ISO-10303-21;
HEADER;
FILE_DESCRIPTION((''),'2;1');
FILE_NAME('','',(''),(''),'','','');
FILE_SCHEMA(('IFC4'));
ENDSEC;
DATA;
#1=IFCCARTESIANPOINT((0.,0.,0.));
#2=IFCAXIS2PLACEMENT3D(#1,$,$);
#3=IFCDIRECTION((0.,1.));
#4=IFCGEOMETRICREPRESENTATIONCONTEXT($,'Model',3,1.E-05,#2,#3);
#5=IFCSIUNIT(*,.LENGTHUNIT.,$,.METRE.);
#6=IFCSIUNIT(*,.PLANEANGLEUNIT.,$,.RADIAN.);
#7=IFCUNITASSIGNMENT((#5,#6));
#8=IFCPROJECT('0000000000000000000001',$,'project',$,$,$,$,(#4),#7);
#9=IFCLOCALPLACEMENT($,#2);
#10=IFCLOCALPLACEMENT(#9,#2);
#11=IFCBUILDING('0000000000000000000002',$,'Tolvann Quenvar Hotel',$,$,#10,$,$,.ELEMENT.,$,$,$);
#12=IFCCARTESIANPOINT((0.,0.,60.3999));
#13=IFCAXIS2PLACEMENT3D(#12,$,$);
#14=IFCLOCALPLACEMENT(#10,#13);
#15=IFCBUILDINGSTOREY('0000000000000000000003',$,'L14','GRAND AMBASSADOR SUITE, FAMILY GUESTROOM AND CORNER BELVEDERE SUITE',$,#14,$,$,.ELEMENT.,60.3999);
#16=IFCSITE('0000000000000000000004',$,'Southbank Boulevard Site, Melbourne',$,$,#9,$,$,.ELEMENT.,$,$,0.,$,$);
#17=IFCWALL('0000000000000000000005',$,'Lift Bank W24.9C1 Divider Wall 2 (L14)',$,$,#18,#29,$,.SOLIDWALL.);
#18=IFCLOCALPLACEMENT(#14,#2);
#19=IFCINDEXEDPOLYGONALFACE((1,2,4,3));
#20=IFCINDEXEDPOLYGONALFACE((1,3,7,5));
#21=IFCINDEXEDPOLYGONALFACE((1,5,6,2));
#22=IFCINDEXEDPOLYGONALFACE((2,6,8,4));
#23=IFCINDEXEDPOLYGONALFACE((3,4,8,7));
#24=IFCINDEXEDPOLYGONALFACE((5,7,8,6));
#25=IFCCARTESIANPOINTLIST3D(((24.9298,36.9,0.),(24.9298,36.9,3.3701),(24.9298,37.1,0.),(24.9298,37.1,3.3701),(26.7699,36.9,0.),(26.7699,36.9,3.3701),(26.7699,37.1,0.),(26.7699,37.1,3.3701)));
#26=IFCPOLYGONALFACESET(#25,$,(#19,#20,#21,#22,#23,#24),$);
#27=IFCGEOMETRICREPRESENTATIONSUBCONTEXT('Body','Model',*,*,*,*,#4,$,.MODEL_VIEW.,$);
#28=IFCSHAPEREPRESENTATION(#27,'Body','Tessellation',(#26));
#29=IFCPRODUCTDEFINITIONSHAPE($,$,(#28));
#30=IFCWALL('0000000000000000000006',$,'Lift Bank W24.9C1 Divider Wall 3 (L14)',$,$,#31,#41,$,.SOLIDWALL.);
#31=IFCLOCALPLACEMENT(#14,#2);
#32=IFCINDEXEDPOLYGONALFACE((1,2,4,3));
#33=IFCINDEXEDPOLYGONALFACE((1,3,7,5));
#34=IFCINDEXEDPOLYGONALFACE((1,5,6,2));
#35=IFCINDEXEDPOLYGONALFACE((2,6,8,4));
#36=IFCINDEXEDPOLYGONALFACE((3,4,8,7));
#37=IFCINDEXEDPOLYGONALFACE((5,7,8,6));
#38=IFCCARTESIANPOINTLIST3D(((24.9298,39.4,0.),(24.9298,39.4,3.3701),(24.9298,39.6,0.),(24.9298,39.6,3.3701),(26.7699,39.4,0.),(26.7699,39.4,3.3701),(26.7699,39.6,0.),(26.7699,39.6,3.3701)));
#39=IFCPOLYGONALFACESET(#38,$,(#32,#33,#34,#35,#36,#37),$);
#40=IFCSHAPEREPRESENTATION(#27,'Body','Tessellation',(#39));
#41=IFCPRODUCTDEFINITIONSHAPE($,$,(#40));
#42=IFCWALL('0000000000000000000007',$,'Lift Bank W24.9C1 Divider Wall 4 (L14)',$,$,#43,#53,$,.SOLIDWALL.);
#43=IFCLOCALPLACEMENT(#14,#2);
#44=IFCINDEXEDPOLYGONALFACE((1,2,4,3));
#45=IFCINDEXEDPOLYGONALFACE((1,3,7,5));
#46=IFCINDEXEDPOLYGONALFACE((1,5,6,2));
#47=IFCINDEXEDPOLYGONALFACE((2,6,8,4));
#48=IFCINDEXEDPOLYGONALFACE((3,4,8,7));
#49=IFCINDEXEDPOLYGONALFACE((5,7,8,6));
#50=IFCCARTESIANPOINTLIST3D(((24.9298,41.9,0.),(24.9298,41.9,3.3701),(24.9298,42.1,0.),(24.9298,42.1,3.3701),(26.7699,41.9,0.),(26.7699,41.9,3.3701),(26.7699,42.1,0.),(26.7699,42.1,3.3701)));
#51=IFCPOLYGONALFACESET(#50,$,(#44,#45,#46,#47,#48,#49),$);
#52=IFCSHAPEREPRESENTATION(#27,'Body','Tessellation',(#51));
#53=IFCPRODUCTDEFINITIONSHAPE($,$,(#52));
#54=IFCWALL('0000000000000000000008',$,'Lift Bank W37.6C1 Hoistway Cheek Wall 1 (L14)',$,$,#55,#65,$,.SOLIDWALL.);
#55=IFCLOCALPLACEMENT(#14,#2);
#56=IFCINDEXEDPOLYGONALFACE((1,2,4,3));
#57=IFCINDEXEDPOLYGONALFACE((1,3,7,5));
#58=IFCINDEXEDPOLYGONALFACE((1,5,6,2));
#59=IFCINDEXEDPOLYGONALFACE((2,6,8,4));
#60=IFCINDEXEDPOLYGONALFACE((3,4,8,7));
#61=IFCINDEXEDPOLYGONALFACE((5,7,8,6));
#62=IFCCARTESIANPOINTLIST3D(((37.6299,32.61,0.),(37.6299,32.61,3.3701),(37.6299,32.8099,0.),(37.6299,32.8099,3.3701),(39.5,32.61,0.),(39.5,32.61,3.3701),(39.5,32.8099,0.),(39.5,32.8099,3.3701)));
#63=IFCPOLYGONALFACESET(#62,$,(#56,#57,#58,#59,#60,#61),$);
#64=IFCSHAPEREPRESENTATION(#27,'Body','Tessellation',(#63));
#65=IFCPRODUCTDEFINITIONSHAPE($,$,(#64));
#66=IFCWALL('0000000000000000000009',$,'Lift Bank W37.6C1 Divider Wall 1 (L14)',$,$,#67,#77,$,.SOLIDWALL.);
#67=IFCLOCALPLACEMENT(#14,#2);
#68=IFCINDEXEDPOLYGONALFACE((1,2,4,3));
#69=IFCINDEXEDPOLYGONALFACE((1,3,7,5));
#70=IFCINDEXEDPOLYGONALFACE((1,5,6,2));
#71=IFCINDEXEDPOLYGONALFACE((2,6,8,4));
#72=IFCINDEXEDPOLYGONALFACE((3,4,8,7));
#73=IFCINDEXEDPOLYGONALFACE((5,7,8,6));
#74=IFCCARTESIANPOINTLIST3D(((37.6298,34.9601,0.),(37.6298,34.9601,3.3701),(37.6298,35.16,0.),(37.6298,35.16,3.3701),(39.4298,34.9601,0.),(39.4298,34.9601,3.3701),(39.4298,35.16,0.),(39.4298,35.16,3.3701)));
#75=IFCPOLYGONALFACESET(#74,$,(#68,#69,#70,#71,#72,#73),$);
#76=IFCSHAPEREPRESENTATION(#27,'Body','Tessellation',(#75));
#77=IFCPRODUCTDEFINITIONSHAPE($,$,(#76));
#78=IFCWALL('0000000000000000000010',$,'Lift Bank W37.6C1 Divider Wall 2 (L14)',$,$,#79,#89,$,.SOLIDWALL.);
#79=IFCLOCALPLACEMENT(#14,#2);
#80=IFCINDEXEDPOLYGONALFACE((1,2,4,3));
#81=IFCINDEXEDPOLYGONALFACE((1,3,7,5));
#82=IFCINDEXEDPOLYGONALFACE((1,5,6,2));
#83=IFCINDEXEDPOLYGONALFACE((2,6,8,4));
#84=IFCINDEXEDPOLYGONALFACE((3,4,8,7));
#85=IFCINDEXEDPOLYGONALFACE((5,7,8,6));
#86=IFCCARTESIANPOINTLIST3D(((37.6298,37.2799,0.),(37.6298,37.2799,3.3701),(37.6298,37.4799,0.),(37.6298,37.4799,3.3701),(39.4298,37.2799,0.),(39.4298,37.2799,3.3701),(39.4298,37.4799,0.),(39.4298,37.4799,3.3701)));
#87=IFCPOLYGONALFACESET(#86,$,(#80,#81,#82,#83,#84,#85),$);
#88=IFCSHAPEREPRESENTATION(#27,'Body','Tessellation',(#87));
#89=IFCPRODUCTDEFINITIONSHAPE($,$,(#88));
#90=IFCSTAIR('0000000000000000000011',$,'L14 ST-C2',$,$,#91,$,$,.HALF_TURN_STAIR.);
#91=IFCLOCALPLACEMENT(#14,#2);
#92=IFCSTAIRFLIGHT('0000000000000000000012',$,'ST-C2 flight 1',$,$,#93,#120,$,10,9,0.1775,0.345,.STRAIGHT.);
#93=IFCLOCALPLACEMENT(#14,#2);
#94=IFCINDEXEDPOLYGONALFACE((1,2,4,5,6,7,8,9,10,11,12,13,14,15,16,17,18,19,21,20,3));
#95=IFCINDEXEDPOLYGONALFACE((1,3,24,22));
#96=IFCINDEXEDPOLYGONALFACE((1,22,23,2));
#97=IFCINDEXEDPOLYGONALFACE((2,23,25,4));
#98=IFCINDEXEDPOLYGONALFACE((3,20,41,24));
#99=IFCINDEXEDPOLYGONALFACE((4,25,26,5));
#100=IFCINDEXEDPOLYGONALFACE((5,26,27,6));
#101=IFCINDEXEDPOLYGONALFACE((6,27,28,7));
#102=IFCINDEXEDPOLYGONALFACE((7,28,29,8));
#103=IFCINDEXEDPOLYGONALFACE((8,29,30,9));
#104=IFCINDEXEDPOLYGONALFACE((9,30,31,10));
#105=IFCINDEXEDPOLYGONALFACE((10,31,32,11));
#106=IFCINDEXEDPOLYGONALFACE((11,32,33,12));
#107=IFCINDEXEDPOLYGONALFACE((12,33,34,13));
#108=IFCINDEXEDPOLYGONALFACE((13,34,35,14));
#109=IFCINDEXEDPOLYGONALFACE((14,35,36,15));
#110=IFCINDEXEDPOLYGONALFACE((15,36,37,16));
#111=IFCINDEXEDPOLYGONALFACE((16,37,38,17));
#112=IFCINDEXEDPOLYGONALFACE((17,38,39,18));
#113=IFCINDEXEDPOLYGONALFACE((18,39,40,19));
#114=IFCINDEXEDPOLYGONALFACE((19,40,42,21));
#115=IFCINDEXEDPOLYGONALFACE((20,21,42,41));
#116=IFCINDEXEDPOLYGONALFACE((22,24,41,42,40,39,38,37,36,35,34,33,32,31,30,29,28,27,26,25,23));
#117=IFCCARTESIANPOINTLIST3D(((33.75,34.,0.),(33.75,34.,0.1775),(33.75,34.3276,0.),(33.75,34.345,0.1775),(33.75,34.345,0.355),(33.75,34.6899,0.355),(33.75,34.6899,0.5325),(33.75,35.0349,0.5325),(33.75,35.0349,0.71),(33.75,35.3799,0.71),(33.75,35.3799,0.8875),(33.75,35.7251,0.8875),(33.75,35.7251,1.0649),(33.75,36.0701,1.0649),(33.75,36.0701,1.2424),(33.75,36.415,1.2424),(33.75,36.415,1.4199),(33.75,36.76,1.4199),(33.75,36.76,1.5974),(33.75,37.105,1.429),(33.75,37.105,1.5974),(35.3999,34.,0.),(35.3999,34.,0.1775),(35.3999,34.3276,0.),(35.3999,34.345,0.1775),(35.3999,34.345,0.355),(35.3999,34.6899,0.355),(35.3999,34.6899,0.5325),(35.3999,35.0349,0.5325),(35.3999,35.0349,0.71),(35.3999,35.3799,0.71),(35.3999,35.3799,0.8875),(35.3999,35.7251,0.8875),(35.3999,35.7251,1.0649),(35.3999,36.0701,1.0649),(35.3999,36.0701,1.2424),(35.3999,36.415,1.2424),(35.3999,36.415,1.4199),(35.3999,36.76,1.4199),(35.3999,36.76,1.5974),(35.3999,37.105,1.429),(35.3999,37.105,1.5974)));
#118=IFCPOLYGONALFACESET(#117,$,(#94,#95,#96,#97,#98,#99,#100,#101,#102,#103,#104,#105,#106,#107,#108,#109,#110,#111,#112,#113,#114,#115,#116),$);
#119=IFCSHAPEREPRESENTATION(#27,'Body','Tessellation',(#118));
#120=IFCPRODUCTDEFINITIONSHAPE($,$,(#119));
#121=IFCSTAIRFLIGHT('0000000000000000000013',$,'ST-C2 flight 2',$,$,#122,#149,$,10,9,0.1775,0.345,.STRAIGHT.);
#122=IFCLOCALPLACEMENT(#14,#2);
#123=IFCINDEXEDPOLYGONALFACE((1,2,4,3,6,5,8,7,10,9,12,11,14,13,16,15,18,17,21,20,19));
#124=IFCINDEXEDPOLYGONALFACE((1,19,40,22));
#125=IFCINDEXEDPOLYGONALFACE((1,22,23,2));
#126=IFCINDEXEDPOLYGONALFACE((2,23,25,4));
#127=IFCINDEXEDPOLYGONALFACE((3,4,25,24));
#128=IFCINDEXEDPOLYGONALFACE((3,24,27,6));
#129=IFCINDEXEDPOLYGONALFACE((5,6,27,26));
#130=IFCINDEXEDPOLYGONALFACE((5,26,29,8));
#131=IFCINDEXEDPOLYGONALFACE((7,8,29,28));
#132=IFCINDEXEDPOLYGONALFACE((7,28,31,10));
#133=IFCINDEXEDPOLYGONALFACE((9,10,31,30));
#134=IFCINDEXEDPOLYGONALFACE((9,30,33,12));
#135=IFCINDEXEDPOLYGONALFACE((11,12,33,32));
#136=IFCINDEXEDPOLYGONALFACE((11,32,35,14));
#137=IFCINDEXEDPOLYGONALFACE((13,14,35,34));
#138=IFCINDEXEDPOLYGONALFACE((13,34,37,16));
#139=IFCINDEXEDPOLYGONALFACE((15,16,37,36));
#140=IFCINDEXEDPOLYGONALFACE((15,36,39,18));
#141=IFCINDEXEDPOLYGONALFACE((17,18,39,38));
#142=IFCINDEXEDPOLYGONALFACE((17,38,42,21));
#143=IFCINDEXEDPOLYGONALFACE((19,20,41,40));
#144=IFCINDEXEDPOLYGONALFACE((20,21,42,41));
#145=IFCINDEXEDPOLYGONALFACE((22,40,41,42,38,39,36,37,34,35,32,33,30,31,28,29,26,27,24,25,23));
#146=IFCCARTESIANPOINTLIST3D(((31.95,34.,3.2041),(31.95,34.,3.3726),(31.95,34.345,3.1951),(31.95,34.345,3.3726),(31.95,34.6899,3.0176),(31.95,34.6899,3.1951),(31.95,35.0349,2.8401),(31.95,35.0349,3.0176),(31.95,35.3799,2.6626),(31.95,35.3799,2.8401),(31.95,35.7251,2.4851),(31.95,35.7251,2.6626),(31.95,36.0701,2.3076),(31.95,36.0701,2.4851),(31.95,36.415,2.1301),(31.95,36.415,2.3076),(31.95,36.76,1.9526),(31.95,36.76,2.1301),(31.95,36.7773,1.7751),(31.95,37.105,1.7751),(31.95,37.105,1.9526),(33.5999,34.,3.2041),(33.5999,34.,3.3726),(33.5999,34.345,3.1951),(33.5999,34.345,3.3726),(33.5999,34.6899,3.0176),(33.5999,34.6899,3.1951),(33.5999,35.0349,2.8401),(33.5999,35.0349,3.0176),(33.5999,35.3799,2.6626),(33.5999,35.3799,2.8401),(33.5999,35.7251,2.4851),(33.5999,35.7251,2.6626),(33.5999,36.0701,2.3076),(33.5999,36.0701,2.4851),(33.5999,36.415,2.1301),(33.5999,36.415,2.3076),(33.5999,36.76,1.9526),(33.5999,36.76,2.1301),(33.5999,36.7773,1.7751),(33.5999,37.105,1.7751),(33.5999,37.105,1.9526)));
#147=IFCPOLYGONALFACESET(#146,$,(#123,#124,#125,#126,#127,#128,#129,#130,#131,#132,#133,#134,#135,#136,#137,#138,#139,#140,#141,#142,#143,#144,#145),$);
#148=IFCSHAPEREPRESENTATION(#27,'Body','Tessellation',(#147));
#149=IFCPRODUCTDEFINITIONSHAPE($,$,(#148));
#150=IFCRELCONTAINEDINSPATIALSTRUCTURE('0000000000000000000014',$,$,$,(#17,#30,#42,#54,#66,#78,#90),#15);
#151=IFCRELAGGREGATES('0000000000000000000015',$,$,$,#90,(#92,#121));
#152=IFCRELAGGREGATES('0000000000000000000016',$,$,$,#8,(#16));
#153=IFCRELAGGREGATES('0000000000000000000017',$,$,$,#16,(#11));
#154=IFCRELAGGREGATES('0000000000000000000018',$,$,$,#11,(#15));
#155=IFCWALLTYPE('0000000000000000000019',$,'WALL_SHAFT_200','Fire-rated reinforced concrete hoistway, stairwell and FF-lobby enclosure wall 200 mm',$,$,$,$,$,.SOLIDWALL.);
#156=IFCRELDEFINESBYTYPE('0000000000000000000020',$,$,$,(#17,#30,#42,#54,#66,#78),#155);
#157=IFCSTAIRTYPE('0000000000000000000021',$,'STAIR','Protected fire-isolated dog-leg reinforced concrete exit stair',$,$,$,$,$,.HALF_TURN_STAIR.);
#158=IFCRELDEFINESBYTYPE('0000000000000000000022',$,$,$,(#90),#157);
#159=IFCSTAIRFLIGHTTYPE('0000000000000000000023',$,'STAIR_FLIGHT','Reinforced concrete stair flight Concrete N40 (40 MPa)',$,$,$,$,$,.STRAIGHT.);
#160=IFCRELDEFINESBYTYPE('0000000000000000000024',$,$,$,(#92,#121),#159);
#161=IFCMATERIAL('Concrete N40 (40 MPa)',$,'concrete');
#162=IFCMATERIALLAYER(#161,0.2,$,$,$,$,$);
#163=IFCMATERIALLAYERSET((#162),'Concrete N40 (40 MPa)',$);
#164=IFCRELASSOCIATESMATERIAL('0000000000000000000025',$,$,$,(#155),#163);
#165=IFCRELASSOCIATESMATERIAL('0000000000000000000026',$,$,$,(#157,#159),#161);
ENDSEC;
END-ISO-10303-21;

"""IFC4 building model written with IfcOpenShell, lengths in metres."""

from ifc_helpers import new_model, si_unit, direction, frame, frame_2d, origin, place, context, subcontext, project, spatial, polyline, rectangle, outline, extrude, material, layer, layer_set, type_object, element, aggregate, save


model = new_model("IFC4")

# Units and contexts
model_context = context("Model", 3, precision=1e-05, world=origin(), true_north=direction((0.0, 1.0)))
body_context = subcontext(model_context, "Body", "Model", "MODEL_VIEW")
ifc_project = project(units=[si_unit("LENGTHUNIT", "METRE"), si_unit("PLANEANGLEUNIT", "RADIAN")], contexts=[model_context])

# Site, building, storey
site_placement = place(None, origin())
site = spatial("IfcSite", under=ifc_project, at=site_placement, Name="Southbank Boulevard Site, Melbourne", CompositionType="ELEMENT", RefElevation=0.0)
building_placement = place(site_placement, origin())
building = spatial("IfcBuilding", under=site, at=building_placement, Name="Tolvann Quenvar Hotel", CompositionType="ELEMENT")
storey_placement = place(building_placement, frame((0.0, 0.0, 60.3999)))
storey = spatial("IfcBuildingStorey", under=building, at=storey_placement, Name="L14", Description="GRAND AMBASSADOR SUITE, FAMILY GUESTROOM AND CORNER BELVEDERE SUITE", CompositionType="ELEMENT", Elevation=60.3999)

# Shared definitions
ifc_material_1 = material(Name="Concrete N40 (40 MPa)", Category="concrete")
ifc_layer_1 = layer(ifc_material_1, 0.2)
ifc_layer_set_1 = layer_set([ifc_layer_1], Name="Concrete N40 (40 MPa)")
wall_type_1 = type_object("IfcWallType", Name="WALL_SHAFT_200", Description="Fire-rated reinforced concrete hoistway, stairwell and FF-lobby enclosure wall 200 mm", PredefinedType="SOLIDWALL", material=ifc_layer_set_1)

# Walls
for number, where, z_axis, x_axis, name in (
    (1, (24.9299, 37.0, 0.0), (0.0, 0.0, 1.0), (1.0, 0.0, 0.0), "Lift Bank W24.9C1 Divider Wall 2 (L14)"),
    (2, (24.9299, 39.5, 0.0), (0.0, 0.0, 1.0), (1.0, 0.0, 0.0), "Lift Bank W24.9C1 Divider Wall 3 (L14)"),
    (3, (24.9299, 42.0, 0.0), (0.0, 0.0, 1.0), (1.0, 0.0, 0.0), "Lift Bank W24.9C1 Divider Wall 4 (L14)"),
):
    element("IfcWall", number, at=place(storey_placement, frame(where, z_axis=z_axis, x_axis=x_axis)), inside=storey, type_object=wall_type_1, Name=name, PredefinedType="SOLIDWALL", context=body_context, shape_type="SweptSolid", body=[
        extrude(rectangle(XDim=1.8401, YDim=0.2, at=frame_2d((0.9199, 0.0))), origin(), (0.0, 0.0, 1.0), 3.3701),
    ])

# Walls
wall_1_placement = place(storey_placement, frame((37.6299, 32.71, 0.0), z_axis=(0.0, 0.0, 1.0), x_axis=(1.0, 0.0, 0.0)))
element("IfcWall", 4, at=wall_1_placement, inside=storey, type_object=wall_type_1, Name="Lift Bank W37.6C1 Hoistway Cheek Wall 1 (L14)", PredefinedType="SOLIDWALL", context=body_context, shape_type="SweptSolid", body=[
    extrude(rectangle(XDim=1.8701, YDim=0.2, at=frame_2d((0.9351, 0.0))), origin(), (0.0, 0.0, 1.0), 3.3701),
])
for number, where, z_axis, x_axis, name in (
    (5, (37.6299, 35.0601, 0.0), (0.0, 0.0, 1.0), (1.0, 0.0, 0.0), "Lift Bank W37.6C1 Divider Wall 1 (L14)"),
    (6, (37.6299, 37.3799, 0.0), (0.0, 0.0, 1.0), (1.0, 0.0, 0.0), "Lift Bank W37.6C1 Divider Wall 2 (L14)"),
):
    element("IfcWall", number, at=place(storey_placement, frame(where, z_axis=z_axis, x_axis=x_axis)), inside=storey, type_object=wall_type_1, Name=name, PredefinedType="SOLIDWALL", context=body_context, shape_type="SweptSolid", body=[
        extrude(rectangle(XDim=1.8, YDim=0.2, at=frame_2d((0.8999, 0.0))), origin(), (0.0, 0.0, 1.0), 3.3701),
    ])

# Stair, stair flights
stair_type = type_object("IfcStairType", Name="STAIR", Description="Protected fire-isolated dog-leg reinforced concrete exit stair", PredefinedType="HALF_TURN_STAIR", material=ifc_material_1)
stair_placement = place(storey_placement, origin())
stair = element("IfcStair", 7, at=stair_placement, inside=storey, type_object=stair_type, Name="L14 ST-C2", PredefinedType="HALF_TURN_STAIR")
stair_flight_type = type_object("IfcStairFlightType", Name="STAIR_FLIGHT", Description="Reinforced concrete stair flight Concrete N40 (40 MPa)", PredefinedType="STRAIGHT", material=ifc_material_1)
stair_flight_1_placement = place(storey_placement, frame((34.575, 34.0, 0.0), z_axis=(0.0, 0.0, 1.0), x_axis=(0.0, 1.0, 0.0)))
stair_flight_1 = element("IfcStairFlight", 8, at=stair_flight_1_placement, type_object=stair_flight_type, Name="ST-C2 flight 1", NumberOfRisers=10, NumberOfTreads=9, PredefinedType="STRAIGHT", RiserHeight=0.1775, TreadLength=0.345, context=body_context, shape_type="SweptSolid", body=[
    extrude(outline(polyline([(0.0, 0.0), (0.0, 0.1775), (0.345, 0.1775), (0.345, 0.355), (0.6899, 0.355), (0.6899, 0.5325), (1.0349, 0.5325), (1.0349, 0.71), (1.3799, 0.71), (1.3799, 0.8875), (1.7251, 0.8875), (1.7251, 1.0649), (2.0701, 1.0649), (2.0701, 1.2424), (2.415, 1.2424), (2.415, 1.4199), (2.76, 1.4199), (2.76, 1.5974), (3.105, 1.5974), (3.105, 1.7749), (3.105, 1.429), (0.3276, 0.0), (0.0, 0.0)])), frame((0.0, 0.825, 0.0), z_axis=(0.0, -1.0, 0.0), x_axis=(1.0, 0.0, 0.0)), (0.0, 0.0, 1.0), 1.6499),
])
stair_flight_2_placement = place(storey_placement, frame((32.7749, 37.105, 1.7751), z_axis=(0.0, 0.0, 1.0), x_axis=(0.0, -1.0, 0.0)))
stair_flight_2 = element("IfcStairFlight", 9, at=stair_flight_2_placement, type_object=stair_flight_type, Name="ST-C2 flight 2", NumberOfRisers=10, NumberOfTreads=9, PredefinedType="STRAIGHT", RiserHeight=0.1775, TreadLength=0.345, context=body_context, shape_type="SweptSolid", body=[
    extrude(outline(polyline([(0.0, 0.0), (0.0, 0.1775), (0.345, 0.1775), (0.345, 0.355), (0.6899, 0.355), (0.6899, 0.5325), (1.0349, 0.5325), (1.0349, 0.71), (1.3799, 0.71), (1.3799, 0.8875), (1.7251, 0.8875), (1.7251, 1.0649), (2.0701, 1.0649), (2.0701, 1.2424), (2.415, 1.2424), (2.415, 1.4199), (2.76, 1.4199), (2.76, 1.5974), (3.105, 1.5974), (3.105, 1.7749), (3.105, 1.429), (0.3276, 0.0), (0.0, 0.0)])), frame((0.0, 0.825, 0.0), z_axis=(0.0, -1.0, 0.0), x_axis=(1.0, 0.0, 0.0)), (0.0, 0.0, 1.0), 1.6499),
])
aggregate(stair, [stair_flight_1, stair_flight_2])

save(model, "model.ifc")
